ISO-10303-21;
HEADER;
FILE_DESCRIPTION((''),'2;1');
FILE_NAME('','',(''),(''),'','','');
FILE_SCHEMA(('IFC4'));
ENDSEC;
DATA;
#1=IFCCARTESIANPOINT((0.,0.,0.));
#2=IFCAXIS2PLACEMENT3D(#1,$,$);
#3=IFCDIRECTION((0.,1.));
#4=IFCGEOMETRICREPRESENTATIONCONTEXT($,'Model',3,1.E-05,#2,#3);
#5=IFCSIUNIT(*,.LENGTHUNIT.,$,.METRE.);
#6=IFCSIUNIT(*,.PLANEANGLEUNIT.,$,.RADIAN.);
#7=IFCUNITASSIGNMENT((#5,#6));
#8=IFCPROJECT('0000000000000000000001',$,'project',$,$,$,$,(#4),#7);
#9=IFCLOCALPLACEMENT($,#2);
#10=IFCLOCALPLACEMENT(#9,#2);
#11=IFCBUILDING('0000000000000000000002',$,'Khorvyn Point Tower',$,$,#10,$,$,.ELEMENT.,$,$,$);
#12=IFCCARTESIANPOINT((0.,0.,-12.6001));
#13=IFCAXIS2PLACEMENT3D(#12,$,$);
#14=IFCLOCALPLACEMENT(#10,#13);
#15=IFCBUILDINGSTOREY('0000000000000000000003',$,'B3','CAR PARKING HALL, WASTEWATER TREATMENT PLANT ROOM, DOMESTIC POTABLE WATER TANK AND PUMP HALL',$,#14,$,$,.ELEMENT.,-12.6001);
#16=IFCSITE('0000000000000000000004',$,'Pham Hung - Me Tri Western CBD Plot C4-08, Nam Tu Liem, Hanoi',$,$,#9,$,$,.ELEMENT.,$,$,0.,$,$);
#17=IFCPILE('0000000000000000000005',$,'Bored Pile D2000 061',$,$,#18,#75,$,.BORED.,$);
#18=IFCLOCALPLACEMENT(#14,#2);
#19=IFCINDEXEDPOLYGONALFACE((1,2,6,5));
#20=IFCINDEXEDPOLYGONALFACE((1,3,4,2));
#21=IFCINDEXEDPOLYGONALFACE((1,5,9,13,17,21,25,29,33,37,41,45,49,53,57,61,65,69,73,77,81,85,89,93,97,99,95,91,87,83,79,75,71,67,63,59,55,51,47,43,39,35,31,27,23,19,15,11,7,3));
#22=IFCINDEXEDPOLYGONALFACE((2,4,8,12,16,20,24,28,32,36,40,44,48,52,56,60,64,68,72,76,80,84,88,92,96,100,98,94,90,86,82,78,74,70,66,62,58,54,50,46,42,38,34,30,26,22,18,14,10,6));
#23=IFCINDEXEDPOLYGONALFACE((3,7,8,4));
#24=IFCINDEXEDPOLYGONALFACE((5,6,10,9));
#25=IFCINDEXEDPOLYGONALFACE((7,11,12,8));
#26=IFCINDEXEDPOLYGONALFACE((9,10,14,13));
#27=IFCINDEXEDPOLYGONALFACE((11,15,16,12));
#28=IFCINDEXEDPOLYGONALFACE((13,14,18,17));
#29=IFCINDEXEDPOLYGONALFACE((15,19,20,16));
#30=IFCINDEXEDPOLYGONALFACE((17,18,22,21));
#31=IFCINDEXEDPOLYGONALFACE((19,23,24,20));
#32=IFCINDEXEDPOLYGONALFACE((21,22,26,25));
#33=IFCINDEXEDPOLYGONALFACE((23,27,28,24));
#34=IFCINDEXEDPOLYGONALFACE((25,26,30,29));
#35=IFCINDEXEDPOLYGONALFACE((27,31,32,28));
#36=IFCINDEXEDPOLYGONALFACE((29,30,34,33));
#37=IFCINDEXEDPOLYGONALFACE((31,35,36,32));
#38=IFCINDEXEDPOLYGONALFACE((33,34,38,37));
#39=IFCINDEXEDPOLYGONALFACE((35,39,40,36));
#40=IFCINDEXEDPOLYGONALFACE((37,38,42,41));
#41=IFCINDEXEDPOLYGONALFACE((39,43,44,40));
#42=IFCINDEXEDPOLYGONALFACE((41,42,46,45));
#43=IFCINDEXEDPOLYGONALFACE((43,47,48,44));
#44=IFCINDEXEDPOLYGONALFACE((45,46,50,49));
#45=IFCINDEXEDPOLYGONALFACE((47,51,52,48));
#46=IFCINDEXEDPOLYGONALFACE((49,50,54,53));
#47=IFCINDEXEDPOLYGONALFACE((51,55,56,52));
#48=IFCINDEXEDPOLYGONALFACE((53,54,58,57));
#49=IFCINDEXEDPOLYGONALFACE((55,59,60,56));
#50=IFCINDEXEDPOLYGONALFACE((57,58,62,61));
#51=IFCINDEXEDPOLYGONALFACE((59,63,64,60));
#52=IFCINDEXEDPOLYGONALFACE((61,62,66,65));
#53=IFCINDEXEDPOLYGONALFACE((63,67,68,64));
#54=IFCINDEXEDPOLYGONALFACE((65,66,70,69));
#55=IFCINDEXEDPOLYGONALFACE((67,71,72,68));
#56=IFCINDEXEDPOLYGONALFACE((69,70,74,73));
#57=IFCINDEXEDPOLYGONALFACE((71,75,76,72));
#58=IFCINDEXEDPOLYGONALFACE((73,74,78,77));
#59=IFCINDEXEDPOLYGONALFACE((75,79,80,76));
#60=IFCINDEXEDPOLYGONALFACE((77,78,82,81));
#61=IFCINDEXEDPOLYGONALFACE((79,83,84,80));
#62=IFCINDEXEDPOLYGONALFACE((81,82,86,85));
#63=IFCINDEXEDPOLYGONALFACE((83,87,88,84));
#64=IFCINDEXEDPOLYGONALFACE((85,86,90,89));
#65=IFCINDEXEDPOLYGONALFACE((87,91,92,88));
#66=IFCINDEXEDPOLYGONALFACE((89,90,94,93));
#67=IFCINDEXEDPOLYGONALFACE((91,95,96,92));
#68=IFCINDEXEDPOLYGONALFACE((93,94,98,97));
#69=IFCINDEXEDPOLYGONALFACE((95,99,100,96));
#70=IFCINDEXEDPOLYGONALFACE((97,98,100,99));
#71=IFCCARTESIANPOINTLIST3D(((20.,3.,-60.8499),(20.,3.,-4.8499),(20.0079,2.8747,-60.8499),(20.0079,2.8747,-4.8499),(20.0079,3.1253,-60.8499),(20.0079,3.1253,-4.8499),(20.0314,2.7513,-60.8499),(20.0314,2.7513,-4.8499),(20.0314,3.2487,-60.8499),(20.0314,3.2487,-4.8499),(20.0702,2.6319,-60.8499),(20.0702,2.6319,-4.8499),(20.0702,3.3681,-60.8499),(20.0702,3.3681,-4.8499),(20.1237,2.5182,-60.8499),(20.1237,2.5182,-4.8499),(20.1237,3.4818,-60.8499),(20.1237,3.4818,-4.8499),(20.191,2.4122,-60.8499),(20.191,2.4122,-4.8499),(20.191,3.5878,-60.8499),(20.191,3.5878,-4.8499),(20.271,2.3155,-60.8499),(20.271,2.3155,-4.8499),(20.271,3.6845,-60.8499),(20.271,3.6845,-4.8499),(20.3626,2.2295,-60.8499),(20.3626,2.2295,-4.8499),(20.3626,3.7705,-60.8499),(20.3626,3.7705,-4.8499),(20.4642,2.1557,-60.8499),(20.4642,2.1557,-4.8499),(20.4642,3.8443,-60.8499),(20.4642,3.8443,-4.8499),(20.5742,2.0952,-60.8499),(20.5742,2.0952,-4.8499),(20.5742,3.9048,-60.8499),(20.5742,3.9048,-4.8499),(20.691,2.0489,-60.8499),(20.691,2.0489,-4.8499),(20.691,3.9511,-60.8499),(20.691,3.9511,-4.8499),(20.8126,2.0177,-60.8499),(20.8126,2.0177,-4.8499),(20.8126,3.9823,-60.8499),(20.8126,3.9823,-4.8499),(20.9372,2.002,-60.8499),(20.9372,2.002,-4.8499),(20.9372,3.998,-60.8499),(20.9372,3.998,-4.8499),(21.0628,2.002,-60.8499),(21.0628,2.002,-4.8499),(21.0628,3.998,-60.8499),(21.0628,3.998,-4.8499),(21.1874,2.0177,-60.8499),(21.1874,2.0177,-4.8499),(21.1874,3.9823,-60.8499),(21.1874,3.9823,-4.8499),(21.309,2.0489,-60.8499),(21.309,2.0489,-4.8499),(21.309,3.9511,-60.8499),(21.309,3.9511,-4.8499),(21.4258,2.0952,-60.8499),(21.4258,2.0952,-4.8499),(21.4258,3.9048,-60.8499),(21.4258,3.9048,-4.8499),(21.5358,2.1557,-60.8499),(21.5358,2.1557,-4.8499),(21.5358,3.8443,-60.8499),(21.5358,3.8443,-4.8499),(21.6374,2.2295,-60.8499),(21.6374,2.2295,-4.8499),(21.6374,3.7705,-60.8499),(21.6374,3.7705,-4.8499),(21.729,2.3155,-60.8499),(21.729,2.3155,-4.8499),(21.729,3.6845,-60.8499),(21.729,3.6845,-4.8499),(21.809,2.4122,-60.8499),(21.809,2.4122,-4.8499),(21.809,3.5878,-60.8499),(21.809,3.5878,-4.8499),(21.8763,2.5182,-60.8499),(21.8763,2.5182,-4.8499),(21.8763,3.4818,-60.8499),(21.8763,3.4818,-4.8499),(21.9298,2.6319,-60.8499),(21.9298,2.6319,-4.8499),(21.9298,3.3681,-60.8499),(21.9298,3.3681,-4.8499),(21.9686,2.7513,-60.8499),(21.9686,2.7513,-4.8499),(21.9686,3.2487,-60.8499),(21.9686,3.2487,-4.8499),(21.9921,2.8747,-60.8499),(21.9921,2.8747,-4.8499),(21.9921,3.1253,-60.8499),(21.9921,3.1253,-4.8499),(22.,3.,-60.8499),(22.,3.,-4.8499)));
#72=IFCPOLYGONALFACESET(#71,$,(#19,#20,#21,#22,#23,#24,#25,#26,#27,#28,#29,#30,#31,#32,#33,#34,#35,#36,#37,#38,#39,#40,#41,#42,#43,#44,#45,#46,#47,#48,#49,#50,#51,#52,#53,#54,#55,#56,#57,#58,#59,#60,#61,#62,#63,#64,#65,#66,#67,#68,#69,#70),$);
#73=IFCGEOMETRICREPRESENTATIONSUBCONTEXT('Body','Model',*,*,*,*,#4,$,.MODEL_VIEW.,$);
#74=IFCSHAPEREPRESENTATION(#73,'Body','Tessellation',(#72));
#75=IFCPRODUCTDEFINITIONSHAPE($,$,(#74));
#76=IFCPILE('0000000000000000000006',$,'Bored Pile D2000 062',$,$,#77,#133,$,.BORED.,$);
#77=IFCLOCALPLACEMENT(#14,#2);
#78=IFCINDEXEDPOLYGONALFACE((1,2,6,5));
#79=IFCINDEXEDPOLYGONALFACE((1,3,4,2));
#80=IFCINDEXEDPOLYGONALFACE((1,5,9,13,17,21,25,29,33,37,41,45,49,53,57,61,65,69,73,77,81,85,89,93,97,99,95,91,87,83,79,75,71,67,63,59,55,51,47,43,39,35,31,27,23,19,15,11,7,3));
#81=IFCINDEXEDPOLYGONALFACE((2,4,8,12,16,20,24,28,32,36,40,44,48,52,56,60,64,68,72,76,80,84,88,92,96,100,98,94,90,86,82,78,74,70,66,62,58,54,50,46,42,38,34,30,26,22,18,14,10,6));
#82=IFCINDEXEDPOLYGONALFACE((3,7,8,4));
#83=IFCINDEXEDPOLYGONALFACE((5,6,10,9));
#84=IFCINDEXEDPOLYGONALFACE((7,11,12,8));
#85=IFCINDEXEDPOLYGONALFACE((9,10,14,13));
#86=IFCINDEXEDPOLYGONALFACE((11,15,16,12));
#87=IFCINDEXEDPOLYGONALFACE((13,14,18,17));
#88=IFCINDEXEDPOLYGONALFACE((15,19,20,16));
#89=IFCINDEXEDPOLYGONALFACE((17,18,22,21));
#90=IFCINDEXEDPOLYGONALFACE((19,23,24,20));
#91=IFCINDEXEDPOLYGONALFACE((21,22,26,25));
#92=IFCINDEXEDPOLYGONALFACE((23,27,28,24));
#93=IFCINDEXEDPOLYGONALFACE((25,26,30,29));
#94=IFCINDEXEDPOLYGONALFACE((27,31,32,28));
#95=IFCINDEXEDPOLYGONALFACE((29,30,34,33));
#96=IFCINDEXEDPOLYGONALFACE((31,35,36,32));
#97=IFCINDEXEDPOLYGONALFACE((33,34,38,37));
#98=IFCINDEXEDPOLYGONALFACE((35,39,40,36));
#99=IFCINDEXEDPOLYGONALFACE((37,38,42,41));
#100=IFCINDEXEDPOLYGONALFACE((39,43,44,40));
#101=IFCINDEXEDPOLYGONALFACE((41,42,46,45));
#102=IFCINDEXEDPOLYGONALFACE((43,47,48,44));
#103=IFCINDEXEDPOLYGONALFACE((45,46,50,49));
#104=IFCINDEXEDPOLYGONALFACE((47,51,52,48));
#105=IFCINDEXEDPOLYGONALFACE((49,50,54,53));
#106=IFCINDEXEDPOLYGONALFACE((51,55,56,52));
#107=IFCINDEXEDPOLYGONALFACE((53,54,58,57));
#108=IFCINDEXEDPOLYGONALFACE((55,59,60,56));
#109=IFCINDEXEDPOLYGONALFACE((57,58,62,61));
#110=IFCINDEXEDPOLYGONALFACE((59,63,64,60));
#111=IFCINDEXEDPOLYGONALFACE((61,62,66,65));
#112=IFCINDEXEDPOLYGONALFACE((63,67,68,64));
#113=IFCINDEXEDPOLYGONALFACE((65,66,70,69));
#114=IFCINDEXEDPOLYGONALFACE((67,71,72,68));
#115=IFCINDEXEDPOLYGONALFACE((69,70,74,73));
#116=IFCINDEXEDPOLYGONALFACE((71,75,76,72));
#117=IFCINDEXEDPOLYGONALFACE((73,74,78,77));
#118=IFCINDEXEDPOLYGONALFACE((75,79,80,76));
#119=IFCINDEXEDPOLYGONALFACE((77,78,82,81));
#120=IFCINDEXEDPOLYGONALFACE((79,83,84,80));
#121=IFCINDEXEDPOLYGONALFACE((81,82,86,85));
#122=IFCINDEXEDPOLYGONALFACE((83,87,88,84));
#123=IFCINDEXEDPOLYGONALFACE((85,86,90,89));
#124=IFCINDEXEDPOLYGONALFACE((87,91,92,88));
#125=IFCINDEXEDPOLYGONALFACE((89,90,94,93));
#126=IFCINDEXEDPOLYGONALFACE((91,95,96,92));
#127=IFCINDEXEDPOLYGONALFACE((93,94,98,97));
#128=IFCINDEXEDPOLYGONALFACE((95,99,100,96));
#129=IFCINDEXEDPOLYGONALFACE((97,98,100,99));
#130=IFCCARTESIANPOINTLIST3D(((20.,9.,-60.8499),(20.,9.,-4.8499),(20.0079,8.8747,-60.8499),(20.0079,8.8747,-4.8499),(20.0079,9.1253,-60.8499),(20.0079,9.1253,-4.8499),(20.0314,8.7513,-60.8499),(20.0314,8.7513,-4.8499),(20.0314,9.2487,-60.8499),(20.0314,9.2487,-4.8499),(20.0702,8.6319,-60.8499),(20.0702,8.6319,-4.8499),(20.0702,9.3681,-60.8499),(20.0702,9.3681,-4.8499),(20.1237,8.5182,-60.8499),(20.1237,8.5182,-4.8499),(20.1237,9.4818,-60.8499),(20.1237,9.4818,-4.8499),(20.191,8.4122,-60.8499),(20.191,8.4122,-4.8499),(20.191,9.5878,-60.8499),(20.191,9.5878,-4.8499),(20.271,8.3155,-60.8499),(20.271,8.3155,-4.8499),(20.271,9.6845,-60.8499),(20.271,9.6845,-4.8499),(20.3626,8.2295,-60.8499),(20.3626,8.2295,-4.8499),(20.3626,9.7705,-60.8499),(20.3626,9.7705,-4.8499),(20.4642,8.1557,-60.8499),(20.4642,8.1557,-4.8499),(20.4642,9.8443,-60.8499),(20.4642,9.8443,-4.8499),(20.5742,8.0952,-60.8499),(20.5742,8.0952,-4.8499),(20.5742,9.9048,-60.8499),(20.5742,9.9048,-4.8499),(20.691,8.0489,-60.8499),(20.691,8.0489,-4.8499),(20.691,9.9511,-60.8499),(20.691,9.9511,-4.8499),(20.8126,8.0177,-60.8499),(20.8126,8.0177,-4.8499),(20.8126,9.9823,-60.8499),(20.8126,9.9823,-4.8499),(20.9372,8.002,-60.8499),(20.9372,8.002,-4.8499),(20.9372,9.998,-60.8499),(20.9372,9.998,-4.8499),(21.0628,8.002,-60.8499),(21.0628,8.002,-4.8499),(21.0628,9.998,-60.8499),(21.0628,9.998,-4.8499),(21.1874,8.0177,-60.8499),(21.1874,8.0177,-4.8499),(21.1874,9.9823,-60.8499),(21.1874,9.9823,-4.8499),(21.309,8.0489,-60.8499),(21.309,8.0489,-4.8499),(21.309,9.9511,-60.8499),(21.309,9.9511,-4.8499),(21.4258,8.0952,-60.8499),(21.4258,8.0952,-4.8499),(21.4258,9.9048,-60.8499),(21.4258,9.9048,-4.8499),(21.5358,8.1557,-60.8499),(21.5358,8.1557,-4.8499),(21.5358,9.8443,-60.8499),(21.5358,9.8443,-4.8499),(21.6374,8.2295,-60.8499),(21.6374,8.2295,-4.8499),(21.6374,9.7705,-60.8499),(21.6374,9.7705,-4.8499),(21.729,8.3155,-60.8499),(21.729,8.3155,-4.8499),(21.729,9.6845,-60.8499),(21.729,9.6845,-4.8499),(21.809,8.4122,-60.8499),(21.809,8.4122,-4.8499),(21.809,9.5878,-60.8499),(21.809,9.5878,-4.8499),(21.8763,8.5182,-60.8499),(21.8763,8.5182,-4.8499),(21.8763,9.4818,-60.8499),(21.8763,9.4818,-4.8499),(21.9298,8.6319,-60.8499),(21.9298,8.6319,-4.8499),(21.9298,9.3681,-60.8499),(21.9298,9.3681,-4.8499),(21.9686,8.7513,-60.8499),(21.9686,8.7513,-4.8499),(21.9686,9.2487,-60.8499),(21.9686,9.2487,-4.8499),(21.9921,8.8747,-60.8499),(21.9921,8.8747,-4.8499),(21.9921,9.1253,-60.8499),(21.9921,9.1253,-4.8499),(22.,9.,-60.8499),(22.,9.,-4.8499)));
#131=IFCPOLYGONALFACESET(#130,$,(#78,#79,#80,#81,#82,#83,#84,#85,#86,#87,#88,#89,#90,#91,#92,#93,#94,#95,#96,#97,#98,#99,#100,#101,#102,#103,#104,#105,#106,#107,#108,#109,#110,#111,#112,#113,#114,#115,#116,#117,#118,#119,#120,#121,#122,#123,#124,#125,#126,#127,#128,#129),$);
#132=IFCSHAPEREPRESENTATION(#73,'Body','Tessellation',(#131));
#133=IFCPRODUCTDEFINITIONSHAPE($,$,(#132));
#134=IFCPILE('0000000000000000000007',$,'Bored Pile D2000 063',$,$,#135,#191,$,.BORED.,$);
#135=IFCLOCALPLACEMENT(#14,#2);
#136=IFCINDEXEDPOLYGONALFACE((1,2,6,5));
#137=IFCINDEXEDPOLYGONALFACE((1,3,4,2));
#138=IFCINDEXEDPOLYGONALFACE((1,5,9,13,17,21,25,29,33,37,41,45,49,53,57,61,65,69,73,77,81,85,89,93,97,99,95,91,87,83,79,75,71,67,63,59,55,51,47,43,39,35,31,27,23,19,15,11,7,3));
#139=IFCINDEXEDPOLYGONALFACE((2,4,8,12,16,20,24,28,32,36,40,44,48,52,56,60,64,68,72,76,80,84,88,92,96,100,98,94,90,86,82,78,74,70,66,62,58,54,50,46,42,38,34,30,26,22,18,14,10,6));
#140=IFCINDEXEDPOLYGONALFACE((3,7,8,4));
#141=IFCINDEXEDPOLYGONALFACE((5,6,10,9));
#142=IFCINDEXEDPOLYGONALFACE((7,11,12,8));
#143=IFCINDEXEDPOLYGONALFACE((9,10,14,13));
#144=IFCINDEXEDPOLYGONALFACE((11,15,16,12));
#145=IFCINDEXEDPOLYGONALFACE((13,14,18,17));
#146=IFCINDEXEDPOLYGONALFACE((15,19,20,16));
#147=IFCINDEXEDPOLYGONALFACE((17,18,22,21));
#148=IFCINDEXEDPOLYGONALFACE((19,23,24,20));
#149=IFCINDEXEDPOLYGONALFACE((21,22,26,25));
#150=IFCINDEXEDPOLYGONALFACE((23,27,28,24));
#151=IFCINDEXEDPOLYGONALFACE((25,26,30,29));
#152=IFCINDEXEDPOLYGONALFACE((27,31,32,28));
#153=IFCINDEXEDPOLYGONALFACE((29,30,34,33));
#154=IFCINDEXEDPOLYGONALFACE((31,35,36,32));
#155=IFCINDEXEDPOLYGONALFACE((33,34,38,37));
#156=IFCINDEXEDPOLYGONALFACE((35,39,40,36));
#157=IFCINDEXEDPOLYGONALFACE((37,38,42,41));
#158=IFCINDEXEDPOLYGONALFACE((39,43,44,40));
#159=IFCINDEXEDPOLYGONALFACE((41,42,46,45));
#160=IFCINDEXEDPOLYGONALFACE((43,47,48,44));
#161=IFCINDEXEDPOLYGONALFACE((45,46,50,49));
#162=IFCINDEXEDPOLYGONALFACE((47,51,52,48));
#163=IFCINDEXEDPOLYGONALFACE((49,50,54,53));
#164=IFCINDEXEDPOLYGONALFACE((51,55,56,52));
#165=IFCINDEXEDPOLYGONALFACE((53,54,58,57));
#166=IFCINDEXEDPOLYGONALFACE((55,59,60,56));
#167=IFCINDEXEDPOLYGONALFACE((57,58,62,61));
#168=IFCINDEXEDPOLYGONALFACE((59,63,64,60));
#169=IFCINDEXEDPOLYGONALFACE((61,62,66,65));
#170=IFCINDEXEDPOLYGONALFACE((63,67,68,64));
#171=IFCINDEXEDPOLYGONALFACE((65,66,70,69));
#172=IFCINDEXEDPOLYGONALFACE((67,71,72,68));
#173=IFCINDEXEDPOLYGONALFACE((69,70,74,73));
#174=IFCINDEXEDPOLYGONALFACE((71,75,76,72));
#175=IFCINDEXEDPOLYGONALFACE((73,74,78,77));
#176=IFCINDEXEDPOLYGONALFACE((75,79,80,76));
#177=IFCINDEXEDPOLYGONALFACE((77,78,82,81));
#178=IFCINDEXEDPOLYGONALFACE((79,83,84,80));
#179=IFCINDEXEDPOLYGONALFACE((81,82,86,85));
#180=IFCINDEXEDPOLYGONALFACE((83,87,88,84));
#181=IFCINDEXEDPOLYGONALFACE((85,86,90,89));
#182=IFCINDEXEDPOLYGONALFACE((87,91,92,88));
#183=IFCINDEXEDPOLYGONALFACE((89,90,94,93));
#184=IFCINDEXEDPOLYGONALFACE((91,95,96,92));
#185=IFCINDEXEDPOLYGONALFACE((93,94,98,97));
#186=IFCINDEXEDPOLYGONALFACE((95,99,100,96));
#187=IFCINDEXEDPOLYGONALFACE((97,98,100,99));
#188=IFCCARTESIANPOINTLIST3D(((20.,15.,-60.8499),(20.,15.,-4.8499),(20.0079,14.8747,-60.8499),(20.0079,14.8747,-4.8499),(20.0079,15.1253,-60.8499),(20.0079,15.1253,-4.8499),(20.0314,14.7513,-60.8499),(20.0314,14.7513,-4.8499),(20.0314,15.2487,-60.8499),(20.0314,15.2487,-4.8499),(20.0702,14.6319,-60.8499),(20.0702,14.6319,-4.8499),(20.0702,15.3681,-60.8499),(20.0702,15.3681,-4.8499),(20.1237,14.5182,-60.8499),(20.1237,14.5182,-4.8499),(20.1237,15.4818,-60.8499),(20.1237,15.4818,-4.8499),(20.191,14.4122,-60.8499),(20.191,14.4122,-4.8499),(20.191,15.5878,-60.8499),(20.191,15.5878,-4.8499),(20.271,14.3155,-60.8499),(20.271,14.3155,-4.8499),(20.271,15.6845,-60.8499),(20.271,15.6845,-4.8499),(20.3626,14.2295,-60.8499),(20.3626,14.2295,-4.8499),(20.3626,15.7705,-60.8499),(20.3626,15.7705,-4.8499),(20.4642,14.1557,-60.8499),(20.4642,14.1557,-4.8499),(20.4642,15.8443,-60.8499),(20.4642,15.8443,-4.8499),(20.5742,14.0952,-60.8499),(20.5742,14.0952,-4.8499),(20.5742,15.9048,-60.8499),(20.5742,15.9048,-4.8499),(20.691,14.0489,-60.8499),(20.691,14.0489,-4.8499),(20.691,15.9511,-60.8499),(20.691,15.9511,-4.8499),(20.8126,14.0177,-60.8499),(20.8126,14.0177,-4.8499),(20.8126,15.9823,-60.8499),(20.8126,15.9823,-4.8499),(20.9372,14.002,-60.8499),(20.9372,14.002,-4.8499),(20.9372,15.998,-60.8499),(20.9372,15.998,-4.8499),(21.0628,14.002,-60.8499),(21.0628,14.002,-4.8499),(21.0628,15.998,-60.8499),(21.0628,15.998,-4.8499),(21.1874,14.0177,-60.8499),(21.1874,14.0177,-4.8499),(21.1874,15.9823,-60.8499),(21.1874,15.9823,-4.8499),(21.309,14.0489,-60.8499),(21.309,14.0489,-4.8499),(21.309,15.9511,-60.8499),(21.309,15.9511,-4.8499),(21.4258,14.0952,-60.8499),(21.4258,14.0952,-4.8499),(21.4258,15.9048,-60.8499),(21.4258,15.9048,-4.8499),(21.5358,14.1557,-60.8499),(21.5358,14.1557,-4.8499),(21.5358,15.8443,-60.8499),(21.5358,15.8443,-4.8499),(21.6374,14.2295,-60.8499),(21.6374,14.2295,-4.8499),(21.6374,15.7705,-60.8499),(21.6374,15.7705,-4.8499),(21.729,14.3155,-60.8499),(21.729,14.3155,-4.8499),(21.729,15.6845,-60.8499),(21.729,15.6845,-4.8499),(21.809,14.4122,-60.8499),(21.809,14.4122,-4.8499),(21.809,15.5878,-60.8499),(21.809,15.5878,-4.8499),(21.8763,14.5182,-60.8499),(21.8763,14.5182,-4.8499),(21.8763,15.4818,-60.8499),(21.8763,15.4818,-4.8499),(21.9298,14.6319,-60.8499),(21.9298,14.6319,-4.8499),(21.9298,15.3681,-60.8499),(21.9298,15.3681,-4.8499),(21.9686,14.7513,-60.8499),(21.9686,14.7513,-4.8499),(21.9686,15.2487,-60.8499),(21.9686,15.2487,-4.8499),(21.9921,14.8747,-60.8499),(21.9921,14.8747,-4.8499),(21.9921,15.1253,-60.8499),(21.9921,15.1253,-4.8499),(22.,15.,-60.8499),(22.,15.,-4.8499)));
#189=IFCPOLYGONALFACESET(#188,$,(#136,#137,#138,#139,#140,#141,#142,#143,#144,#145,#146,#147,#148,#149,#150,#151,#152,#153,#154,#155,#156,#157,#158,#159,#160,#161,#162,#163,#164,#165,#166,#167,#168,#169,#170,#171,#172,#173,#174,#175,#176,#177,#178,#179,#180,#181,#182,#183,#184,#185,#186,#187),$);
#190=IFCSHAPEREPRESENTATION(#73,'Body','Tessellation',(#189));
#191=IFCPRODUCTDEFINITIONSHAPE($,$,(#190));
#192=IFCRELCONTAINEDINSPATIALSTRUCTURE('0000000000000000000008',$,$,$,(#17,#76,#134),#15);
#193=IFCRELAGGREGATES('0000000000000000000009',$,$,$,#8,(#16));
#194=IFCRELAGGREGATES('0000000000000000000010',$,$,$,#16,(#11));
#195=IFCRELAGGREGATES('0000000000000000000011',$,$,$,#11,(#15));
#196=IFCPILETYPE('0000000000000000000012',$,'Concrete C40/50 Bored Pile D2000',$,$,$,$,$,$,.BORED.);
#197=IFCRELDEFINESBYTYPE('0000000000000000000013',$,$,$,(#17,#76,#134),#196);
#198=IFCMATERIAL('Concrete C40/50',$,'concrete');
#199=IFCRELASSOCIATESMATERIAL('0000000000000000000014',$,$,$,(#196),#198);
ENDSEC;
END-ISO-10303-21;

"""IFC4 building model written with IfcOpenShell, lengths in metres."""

from ifc_helpers import new_model, si_unit, direction, frame, origin, origin_2d, place, context, subcontext, project, spatial, circle, extrude, material, material_profile, profile_set, type_object, element, save


model = new_model("IFC4")

# Units and contexts
model_context = context("Model", 3, precision=1e-05, world=origin(), true_north=direction((0.0, 1.0)))
body_context = subcontext(model_context, "Body", "Model", "MODEL_VIEW")
ifc_project = project(units=[si_unit("LENGTHUNIT", "METRE"), si_unit("PLANEANGLEUNIT", "RADIAN")], contexts=[model_context])

# Site, building, storey
site_placement = place(None, origin())
site = spatial("IfcSite", under=ifc_project, at=site_placement, Name="Pham Hung - Me Tri Western CBD Plot C4-08, Nam Tu Liem, Hanoi", CompositionType="ELEMENT", RefElevation=0.0)
building_placement = place(site_placement, origin())
building = spatial("IfcBuilding", under=site, at=building_placement, Name="Khorvyn Point Tower", CompositionType="ELEMENT")
storey_placement = place(building_placement, frame((0.0, 0.0, -12.6001)))
storey = spatial("IfcBuildingStorey", under=building, at=storey_placement, Name="B3", Description="CAR PARKING HALL, WASTEWATER TREATMENT PLANT ROOM, DOMESTIC POTABLE WATER TANK AND PUMP HALL", CompositionType="ELEMENT", Elevation=-12.6001)

# Piles
ifc_material_1 = material(Name="Concrete C40/50", Category="concrete")
ifc_material_profile_1 = material_profile(ifc_material_1, circle(Radius=1.0, at=origin_2d()))
ifc_profile_set_1 = profile_set([ifc_material_profile_1], Name="Concrete C40/50 PILE-D2000")
pile_type_1 = type_object("IfcPileType", Name="Concrete C40/50 Bored Pile D2000", PredefinedType="BORED", material=ifc_profile_set_1)
for number, where, z_axis, x_axis, name in (
    (1, (21.0, 3.0, -4.8499), (0.0, 0.0, -1.0), (1.0, 0.0, 0.0), "Bored Pile D2000 061"),
    (2, (21.0, 9.0, -4.8499), (0.0, 0.0, -1.0), (1.0, 0.0, 0.0), "Bored Pile D2000 062"),
    (3, (21.0, 15.0, -4.8499), (0.0, 0.0, -1.0), (1.0, 0.0, 0.0), "Bored Pile D2000 063"),
):
    element("IfcPile", number, at=place(storey_placement, frame(where, z_axis=z_axis, x_axis=x_axis)), inside=storey, type_object=pile_type_1, Name=name, PredefinedType="BORED", context=body_context, shape_type="SweptSolid", body=[
        extrude(circle(Radius=1.0, at=origin_2d()), origin(), (0.0, 0.0, 1.0), 56.0),
    ])

save(model, "model.ifc")
